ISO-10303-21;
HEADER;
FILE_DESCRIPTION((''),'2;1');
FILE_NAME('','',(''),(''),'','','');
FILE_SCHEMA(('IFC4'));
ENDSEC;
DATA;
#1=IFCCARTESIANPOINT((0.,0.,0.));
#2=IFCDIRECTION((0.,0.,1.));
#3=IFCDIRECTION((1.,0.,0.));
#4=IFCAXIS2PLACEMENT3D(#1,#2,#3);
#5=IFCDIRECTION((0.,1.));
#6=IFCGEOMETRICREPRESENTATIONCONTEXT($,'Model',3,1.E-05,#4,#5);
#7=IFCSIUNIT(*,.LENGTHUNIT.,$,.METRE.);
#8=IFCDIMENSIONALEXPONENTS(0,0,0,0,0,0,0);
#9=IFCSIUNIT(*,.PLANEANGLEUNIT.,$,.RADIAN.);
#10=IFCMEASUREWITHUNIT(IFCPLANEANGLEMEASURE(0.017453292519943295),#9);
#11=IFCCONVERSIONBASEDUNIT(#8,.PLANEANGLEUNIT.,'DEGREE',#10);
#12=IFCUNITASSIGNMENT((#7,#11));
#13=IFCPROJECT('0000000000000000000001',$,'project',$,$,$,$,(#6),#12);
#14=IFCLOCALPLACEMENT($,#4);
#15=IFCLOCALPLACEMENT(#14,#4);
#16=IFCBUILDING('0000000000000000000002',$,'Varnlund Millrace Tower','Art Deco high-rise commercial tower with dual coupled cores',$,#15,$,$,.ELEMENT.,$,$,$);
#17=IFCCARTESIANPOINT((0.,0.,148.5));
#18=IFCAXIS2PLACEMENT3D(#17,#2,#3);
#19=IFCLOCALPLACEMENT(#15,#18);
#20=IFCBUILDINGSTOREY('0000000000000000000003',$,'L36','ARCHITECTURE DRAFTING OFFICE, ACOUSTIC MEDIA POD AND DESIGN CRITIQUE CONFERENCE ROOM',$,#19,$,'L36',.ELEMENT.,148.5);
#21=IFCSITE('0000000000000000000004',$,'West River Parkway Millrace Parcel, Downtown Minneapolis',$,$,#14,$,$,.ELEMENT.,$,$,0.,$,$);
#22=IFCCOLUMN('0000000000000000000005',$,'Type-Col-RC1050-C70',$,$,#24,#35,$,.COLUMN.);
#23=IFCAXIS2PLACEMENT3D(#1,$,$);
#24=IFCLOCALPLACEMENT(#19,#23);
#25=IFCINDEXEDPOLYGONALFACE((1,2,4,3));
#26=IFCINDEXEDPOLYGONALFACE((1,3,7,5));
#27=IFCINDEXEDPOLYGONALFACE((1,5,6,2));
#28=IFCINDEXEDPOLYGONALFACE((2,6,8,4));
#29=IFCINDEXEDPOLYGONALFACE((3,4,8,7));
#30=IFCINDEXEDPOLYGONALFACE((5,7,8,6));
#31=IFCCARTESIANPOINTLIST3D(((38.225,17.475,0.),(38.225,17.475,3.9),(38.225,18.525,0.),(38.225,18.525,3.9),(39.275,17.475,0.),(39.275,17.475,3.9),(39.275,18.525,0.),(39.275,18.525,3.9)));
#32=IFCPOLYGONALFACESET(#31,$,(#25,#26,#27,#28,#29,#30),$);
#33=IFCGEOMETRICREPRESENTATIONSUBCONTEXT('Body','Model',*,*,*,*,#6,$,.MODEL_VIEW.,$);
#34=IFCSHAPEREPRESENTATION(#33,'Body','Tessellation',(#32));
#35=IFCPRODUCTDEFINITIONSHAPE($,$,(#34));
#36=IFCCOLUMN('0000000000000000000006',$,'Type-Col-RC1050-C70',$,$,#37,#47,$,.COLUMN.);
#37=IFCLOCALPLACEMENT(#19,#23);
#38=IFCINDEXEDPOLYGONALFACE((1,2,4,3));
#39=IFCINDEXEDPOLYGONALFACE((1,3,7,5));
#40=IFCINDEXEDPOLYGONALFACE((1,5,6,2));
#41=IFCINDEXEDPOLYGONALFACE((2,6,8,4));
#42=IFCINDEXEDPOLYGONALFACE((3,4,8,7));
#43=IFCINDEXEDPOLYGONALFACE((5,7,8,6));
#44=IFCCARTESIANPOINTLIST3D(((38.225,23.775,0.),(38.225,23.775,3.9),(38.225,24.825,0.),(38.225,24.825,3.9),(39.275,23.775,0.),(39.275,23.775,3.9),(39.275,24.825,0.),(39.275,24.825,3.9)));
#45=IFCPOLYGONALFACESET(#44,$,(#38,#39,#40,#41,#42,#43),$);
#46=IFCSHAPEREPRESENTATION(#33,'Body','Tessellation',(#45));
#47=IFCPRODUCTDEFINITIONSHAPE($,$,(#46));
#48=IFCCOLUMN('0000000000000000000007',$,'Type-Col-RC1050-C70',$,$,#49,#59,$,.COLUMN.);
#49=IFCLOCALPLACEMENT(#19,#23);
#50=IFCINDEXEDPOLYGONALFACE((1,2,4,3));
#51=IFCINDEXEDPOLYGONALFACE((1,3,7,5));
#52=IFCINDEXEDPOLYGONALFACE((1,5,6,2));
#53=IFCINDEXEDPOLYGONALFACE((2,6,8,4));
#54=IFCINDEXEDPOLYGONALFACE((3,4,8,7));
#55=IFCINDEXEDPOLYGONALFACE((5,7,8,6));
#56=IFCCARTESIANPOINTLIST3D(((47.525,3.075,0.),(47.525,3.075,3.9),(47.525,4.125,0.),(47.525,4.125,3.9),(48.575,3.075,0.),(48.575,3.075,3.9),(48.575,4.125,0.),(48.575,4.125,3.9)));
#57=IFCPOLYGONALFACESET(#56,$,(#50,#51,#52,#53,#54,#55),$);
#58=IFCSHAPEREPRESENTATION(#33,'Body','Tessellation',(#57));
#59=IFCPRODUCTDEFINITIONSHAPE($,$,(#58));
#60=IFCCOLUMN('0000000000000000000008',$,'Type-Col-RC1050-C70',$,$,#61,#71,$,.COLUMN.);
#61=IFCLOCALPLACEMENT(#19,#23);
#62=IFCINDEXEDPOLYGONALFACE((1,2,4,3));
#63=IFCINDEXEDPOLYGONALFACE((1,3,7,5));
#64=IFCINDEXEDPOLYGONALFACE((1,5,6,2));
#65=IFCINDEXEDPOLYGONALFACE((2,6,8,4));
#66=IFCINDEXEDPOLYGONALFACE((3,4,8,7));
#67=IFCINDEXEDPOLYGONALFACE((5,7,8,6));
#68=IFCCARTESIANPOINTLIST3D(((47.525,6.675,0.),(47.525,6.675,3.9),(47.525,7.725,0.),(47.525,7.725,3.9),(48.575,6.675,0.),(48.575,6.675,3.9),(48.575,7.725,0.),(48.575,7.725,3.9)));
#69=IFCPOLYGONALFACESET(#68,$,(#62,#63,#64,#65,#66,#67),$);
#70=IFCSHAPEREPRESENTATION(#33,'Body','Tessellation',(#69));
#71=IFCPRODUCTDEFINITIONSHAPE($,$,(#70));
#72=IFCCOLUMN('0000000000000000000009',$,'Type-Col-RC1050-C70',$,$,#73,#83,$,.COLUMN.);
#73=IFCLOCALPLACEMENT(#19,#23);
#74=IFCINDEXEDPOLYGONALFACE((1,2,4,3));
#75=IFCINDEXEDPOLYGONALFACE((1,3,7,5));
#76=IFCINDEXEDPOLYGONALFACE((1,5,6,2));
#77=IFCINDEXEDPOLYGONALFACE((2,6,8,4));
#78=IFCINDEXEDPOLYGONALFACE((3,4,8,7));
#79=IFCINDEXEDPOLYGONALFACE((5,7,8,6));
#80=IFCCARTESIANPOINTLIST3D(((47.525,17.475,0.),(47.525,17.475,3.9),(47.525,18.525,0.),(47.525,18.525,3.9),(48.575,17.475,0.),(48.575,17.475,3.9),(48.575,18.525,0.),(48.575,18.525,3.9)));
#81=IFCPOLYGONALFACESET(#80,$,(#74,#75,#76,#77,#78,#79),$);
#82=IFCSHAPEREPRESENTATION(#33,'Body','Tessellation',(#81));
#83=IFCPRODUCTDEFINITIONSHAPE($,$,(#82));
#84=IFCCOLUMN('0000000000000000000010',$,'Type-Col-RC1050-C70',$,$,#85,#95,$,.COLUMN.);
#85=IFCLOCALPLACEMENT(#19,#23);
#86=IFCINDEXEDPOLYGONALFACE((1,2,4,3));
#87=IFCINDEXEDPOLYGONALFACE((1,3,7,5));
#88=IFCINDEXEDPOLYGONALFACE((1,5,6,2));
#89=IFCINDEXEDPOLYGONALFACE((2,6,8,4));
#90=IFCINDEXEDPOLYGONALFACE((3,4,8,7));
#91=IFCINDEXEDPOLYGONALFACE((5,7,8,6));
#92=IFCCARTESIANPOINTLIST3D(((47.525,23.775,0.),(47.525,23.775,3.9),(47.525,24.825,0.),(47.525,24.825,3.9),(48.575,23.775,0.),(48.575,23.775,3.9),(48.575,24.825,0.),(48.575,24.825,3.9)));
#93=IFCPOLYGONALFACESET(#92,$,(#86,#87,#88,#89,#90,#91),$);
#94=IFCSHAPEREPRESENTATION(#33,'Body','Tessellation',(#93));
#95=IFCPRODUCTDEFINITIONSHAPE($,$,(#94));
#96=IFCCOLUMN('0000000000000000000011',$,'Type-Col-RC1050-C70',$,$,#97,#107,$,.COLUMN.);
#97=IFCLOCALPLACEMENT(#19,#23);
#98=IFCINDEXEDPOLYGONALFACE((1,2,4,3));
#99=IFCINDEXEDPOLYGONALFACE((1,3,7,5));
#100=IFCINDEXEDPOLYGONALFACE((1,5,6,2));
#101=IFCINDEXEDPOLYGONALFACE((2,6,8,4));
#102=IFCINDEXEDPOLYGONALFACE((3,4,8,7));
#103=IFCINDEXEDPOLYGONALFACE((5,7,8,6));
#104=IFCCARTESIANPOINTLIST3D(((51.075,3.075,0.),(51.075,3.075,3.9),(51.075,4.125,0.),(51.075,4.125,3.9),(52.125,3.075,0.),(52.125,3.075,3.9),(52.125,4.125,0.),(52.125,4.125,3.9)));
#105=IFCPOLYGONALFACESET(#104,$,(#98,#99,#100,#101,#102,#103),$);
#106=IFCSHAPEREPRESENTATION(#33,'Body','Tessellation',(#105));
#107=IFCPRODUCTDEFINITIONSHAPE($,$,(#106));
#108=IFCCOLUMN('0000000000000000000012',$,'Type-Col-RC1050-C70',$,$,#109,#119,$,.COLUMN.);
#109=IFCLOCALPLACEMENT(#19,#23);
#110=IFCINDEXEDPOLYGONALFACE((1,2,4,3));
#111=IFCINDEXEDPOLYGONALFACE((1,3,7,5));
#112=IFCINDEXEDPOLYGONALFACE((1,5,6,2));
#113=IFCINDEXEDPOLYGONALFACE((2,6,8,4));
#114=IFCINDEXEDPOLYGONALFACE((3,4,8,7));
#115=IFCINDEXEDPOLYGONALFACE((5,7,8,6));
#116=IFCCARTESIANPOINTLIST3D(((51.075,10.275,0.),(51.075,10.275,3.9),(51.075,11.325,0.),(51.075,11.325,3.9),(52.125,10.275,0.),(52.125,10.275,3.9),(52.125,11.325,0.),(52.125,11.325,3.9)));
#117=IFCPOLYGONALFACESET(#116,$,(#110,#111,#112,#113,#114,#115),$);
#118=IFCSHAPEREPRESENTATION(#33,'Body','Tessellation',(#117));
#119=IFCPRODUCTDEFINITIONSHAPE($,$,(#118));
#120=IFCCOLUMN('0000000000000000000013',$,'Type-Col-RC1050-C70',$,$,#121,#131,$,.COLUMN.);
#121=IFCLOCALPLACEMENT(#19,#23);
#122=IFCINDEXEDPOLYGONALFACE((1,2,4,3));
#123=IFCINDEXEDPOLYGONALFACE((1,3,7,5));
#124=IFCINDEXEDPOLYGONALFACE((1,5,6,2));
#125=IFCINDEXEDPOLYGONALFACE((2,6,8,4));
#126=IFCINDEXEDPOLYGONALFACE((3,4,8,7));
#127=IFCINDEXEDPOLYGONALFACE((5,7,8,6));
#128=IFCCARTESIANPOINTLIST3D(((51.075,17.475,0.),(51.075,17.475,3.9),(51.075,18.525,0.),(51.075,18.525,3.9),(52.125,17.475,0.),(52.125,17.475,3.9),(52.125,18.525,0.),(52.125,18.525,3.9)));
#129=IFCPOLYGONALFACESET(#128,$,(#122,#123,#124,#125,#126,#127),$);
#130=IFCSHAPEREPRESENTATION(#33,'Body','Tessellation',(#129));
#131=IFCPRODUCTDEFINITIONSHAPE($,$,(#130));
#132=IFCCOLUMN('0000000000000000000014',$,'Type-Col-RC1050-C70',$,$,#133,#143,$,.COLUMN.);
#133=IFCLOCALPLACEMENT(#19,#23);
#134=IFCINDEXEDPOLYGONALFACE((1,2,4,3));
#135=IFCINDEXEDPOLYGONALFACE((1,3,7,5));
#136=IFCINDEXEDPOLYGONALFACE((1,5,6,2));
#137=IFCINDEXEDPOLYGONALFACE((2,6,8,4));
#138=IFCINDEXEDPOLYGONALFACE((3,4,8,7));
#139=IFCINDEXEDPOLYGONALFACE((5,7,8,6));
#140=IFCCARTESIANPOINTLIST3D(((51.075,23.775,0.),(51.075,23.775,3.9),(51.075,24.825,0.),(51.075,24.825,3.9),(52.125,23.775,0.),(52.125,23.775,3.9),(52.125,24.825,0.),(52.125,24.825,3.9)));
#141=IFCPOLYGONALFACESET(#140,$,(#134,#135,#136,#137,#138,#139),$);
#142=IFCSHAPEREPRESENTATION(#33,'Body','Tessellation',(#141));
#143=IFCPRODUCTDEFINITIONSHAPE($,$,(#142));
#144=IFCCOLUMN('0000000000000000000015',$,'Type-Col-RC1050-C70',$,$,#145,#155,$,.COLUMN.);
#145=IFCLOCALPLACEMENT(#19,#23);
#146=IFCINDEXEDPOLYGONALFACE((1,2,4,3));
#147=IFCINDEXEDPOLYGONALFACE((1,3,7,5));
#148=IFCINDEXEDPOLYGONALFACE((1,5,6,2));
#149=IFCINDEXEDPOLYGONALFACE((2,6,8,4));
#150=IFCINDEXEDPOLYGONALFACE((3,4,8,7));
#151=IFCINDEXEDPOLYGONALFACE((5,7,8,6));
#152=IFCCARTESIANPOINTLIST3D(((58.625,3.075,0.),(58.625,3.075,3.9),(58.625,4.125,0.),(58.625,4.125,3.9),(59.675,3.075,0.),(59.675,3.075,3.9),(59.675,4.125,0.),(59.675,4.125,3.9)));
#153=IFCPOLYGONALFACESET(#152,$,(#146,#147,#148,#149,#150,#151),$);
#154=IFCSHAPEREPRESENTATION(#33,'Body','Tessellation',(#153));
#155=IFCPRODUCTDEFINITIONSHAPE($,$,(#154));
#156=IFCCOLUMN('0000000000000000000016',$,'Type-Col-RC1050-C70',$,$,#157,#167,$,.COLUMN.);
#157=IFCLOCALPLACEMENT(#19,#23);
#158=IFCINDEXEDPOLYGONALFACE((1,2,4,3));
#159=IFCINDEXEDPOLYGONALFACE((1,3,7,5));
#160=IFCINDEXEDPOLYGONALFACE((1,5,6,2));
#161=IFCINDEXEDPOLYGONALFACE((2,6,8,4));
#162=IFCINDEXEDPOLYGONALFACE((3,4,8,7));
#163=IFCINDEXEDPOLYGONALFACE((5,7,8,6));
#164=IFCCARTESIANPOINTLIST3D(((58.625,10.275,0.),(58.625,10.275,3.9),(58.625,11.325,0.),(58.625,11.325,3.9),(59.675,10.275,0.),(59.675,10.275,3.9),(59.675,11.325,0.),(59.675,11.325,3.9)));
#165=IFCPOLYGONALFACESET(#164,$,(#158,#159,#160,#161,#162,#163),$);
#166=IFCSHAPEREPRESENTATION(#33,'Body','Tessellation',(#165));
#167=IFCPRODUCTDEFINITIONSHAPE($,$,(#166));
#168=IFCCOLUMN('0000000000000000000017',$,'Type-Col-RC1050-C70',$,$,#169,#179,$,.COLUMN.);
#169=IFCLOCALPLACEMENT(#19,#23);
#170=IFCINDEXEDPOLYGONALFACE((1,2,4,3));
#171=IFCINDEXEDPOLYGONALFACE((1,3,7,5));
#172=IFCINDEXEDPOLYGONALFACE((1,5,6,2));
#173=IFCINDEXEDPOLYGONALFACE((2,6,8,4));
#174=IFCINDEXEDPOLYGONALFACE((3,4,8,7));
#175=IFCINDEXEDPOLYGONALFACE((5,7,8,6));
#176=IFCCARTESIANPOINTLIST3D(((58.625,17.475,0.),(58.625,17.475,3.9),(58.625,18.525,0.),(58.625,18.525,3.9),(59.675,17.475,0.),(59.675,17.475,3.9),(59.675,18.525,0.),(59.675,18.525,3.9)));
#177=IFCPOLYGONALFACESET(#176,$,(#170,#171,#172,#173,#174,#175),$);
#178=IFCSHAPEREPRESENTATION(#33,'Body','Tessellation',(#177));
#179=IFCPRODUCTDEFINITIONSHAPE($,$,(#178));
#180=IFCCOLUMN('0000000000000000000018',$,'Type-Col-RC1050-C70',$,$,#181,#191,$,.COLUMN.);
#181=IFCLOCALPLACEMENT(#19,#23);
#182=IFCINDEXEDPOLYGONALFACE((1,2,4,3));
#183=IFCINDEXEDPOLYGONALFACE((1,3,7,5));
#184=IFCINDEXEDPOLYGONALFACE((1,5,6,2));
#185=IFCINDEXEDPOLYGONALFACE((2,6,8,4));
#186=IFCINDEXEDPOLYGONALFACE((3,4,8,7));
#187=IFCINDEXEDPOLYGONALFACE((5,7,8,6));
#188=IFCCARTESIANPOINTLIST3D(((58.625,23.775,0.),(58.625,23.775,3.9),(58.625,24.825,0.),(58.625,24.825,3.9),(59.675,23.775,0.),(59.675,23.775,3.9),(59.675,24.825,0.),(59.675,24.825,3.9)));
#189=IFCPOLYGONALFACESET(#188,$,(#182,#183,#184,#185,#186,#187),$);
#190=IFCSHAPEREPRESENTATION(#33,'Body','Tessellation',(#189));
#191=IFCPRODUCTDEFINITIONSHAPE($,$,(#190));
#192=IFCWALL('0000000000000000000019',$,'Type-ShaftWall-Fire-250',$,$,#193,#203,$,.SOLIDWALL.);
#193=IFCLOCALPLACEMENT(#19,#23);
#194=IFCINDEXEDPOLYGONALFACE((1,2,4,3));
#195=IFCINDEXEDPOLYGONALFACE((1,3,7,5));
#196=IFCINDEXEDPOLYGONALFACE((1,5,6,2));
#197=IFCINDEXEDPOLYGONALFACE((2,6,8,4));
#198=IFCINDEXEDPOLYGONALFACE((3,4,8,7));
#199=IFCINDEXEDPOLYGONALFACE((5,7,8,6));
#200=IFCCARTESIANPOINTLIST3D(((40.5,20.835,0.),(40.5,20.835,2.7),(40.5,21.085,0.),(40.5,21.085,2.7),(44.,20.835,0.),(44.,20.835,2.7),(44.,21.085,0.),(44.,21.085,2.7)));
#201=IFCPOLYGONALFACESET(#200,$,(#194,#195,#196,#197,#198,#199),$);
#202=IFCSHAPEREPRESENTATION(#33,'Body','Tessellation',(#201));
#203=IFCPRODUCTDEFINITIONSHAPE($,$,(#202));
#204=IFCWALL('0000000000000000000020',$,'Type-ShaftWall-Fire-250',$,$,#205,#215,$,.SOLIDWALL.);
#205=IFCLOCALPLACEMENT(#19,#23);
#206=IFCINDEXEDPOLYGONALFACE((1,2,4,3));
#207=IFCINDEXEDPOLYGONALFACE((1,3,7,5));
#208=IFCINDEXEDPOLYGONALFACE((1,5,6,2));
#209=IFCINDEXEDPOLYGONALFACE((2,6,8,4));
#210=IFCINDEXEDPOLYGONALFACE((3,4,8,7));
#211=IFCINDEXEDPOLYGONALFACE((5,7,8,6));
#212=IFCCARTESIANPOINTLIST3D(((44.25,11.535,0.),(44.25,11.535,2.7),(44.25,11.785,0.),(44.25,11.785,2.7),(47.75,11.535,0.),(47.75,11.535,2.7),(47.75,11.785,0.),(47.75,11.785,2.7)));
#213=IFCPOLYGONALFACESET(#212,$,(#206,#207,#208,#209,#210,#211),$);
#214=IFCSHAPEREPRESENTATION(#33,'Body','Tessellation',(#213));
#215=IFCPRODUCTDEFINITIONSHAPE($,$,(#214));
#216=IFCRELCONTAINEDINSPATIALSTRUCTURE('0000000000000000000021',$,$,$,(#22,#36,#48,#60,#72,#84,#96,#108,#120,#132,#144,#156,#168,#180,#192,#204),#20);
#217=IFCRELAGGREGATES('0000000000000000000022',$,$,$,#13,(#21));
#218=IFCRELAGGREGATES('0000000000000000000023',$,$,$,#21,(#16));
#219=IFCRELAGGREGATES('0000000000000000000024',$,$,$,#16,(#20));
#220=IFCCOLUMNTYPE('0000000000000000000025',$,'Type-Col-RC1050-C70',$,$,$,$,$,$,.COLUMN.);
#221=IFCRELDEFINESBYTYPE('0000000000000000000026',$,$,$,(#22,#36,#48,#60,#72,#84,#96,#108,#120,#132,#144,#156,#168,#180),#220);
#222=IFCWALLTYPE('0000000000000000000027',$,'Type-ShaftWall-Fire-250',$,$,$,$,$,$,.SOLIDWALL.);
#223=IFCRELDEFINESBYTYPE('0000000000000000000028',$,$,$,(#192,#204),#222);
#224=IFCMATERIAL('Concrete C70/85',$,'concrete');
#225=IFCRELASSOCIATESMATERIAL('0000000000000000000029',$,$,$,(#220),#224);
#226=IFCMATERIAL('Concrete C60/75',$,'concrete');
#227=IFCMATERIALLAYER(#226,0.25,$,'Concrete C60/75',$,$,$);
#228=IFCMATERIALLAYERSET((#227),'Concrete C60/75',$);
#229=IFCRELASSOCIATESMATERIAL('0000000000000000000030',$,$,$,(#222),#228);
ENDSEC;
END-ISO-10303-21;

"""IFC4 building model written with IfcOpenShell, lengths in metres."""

from ifc_helpers import new_model, entity, si_unit, converted_unit, direction, frame, origin_with_axes, origin_2d_with_axis, place, context, subcontext, project, spatial, polyline, rectangle, outline, extrude, material, layer, layer_set, material_profile, profile_set, type_object, element, save


model = new_model("IFC4")

# Units and contexts
model_context = context("Model", 3, precision=1e-05, world=origin_with_axes(), true_north=direction((0.0, 1.0)))
body_context = subcontext(model_context, "Body", "Model", "MODEL_VIEW")
ifc_project = project(units=[si_unit("LENGTHUNIT", "METRE"), converted_unit("PLANEANGLEUNIT", "DEGREE", entity("IfcPlaneAngleMeasure", 0.017453292519943295), si_unit("PLANEANGLEUNIT", "RADIAN"), dimensions=[0, 0, 0, 0, 0, 0, 0])], contexts=[model_context])

# Site, building, storey
site_placement = place(None, origin_with_axes())
site = spatial("IfcSite", under=ifc_project, at=site_placement, Name="West River Parkway Millrace Parcel, Downtown Minneapolis", CompositionType="ELEMENT", RefElevation=0.0)
building_placement = place(site_placement, origin_with_axes())
building = spatial("IfcBuilding", under=site, at=building_placement, Name="Varnlund Millrace Tower", Description="Art Deco high-rise commercial tower with dual coupled cores", CompositionType="ELEMENT")
storey_placement = place(building_placement, frame((0.0, 0.0, 148.5), z_axis=(0.0, 0.0, 1.0), x_axis=(1.0, 0.0, 0.0)))
storey = spatial("IfcBuildingStorey", under=building, at=storey_placement, Name="L36", Description="ARCHITECTURE DRAFTING OFFICE, ACOUSTIC MEDIA POD AND DESIGN CRITIQUE CONFERENCE ROOM", LongName="L36", CompositionType="ELEMENT", Elevation=148.5)

# Columns
ifc_material_1 = material(Name="Concrete C70/85", Category="concrete")
ifc_material_profile = material_profile(ifc_material_1, rectangle(XDim=1.05, YDim=1.05, at=origin_2d_with_axis()), Name="Concrete C70/85")
ifc_profile_set = profile_set([ifc_material_profile], Name="Concrete C70/85")
column_type = type_object("IfcColumnType", Name="Type-Col-RC1050-C70", PredefinedType="COLUMN", material=ifc_profile_set)
for number, where, z_axis, x_axis, name in (
    (1, (38.75, 18.0, 0.0), (0.0, 0.0, 1.0), (1.0, 0.0, 0.0), "Type-Col-RC1050-C70"),
    (2, (38.75, 24.3, 0.0), (0.0, 0.0, 1.0), (1.0, 0.0, 0.0), "Type-Col-RC1050-C70"),
    (3, (48.05, 3.6, 0.0), (0.0, 0.0, 1.0), (1.0, 0.0, 0.0), "Type-Col-RC1050-C70"),
    (4, (48.05, 7.2, 0.0), (0.0, 0.0, 1.0), (1.0, 0.0, 0.0), "Type-Col-RC1050-C70"),
    (5, (48.05, 18.0, 0.0), (0.0, 0.0, 1.0), (1.0, 0.0, 0.0), "Type-Col-RC1050-C70"),
    (6, (48.05, 24.3, 0.0), (0.0, 0.0, 1.0), (1.0, 0.0, 0.0), "Type-Col-RC1050-C70"),
    (7, (51.6, 3.6, 0.0), (0.0, 0.0, 1.0), (1.0, 0.0, 0.0), "Type-Col-RC1050-C70"),
    (8, (51.6, 10.8, 0.0), (0.0, 0.0, 1.0), (1.0, 0.0, 0.0), "Type-Col-RC1050-C70"),
    (9, (51.6, 18.0, 0.0), (0.0, 0.0, 1.0), (1.0, 0.0, 0.0), "Type-Col-RC1050-C70"),
    (10, (51.6, 24.3, 0.0), (0.0, 0.0, 1.0), (1.0, 0.0, 0.0), "Type-Col-RC1050-C70"),
    (11, (59.15, 3.6, 0.0), (0.0, 0.0, 1.0), (1.0, 0.0, 0.0), "Type-Col-RC1050-C70"),
    (12, (59.15, 10.8, 0.0), (0.0, 0.0, 1.0), (1.0, 0.0, 0.0), "Type-Col-RC1050-C70"),
    (13, (59.15, 18.0, 0.0), (0.0, 0.0, 1.0), (1.0, 0.0, 0.0), "Type-Col-RC1050-C70"),
    (14, (59.15, 24.3, 0.0), (0.0, 0.0, 1.0), (1.0, 0.0, 0.0), "Type-Col-RC1050-C70"),
):
    element("IfcColumn", number, at=place(storey_placement, frame(where, z_axis=z_axis, x_axis=x_axis)), inside=storey, type_object=column_type, Name=name, PredefinedType="COLUMN", context=body_context, shape_type="SweptSolid", body=[
        extrude(rectangle(XDim=1.05, YDim=1.05, at=origin_2d_with_axis()), origin_with_axes(), (0.0, 0.0, 1.0), 3.9),
    ])

# Walls
ifc_material_2 = material(Name="Concrete C60/75", Category="concrete")
ifc_layer = layer(ifc_material_2, 0.25, Name="Concrete C60/75")
ifc_layer_set = layer_set([ifc_layer], Name="Concrete C60/75")
wall_type = type_object("IfcWallType", Name="Type-ShaftWall-Fire-250", PredefinedType="SOLIDWALL", material=ifc_layer_set)
for number, where, z_axis, x_axis, name in (
    (15, (40.5, 20.96, 0.0), (0.0, 0.0, 1.0), (1.0, 0.0, 0.0), "Type-ShaftWall-Fire-250"),
    (16, (44.25, 11.66, 0.0), (0.0, 0.0, 1.0), (1.0, 0.0, 0.0), "Type-ShaftWall-Fire-250"),
):
    element("IfcWall", number, at=place(storey_placement, frame(where, z_axis=z_axis, x_axis=x_axis)), inside=storey, type_object=wall_type, Name=name, PredefinedType="SOLIDWALL", context=body_context, shape_type="SweptSolid", body=[
        extrude(outline(polyline([(0.0, -0.125), (3.5, -0.125), (3.5, 0.125), (0.0, 0.125), (0.0, -0.125)])), origin_with_axes(), (0.0, 0.0, 1.0), 2.7),
    ])

save(model, "model.ifc")
